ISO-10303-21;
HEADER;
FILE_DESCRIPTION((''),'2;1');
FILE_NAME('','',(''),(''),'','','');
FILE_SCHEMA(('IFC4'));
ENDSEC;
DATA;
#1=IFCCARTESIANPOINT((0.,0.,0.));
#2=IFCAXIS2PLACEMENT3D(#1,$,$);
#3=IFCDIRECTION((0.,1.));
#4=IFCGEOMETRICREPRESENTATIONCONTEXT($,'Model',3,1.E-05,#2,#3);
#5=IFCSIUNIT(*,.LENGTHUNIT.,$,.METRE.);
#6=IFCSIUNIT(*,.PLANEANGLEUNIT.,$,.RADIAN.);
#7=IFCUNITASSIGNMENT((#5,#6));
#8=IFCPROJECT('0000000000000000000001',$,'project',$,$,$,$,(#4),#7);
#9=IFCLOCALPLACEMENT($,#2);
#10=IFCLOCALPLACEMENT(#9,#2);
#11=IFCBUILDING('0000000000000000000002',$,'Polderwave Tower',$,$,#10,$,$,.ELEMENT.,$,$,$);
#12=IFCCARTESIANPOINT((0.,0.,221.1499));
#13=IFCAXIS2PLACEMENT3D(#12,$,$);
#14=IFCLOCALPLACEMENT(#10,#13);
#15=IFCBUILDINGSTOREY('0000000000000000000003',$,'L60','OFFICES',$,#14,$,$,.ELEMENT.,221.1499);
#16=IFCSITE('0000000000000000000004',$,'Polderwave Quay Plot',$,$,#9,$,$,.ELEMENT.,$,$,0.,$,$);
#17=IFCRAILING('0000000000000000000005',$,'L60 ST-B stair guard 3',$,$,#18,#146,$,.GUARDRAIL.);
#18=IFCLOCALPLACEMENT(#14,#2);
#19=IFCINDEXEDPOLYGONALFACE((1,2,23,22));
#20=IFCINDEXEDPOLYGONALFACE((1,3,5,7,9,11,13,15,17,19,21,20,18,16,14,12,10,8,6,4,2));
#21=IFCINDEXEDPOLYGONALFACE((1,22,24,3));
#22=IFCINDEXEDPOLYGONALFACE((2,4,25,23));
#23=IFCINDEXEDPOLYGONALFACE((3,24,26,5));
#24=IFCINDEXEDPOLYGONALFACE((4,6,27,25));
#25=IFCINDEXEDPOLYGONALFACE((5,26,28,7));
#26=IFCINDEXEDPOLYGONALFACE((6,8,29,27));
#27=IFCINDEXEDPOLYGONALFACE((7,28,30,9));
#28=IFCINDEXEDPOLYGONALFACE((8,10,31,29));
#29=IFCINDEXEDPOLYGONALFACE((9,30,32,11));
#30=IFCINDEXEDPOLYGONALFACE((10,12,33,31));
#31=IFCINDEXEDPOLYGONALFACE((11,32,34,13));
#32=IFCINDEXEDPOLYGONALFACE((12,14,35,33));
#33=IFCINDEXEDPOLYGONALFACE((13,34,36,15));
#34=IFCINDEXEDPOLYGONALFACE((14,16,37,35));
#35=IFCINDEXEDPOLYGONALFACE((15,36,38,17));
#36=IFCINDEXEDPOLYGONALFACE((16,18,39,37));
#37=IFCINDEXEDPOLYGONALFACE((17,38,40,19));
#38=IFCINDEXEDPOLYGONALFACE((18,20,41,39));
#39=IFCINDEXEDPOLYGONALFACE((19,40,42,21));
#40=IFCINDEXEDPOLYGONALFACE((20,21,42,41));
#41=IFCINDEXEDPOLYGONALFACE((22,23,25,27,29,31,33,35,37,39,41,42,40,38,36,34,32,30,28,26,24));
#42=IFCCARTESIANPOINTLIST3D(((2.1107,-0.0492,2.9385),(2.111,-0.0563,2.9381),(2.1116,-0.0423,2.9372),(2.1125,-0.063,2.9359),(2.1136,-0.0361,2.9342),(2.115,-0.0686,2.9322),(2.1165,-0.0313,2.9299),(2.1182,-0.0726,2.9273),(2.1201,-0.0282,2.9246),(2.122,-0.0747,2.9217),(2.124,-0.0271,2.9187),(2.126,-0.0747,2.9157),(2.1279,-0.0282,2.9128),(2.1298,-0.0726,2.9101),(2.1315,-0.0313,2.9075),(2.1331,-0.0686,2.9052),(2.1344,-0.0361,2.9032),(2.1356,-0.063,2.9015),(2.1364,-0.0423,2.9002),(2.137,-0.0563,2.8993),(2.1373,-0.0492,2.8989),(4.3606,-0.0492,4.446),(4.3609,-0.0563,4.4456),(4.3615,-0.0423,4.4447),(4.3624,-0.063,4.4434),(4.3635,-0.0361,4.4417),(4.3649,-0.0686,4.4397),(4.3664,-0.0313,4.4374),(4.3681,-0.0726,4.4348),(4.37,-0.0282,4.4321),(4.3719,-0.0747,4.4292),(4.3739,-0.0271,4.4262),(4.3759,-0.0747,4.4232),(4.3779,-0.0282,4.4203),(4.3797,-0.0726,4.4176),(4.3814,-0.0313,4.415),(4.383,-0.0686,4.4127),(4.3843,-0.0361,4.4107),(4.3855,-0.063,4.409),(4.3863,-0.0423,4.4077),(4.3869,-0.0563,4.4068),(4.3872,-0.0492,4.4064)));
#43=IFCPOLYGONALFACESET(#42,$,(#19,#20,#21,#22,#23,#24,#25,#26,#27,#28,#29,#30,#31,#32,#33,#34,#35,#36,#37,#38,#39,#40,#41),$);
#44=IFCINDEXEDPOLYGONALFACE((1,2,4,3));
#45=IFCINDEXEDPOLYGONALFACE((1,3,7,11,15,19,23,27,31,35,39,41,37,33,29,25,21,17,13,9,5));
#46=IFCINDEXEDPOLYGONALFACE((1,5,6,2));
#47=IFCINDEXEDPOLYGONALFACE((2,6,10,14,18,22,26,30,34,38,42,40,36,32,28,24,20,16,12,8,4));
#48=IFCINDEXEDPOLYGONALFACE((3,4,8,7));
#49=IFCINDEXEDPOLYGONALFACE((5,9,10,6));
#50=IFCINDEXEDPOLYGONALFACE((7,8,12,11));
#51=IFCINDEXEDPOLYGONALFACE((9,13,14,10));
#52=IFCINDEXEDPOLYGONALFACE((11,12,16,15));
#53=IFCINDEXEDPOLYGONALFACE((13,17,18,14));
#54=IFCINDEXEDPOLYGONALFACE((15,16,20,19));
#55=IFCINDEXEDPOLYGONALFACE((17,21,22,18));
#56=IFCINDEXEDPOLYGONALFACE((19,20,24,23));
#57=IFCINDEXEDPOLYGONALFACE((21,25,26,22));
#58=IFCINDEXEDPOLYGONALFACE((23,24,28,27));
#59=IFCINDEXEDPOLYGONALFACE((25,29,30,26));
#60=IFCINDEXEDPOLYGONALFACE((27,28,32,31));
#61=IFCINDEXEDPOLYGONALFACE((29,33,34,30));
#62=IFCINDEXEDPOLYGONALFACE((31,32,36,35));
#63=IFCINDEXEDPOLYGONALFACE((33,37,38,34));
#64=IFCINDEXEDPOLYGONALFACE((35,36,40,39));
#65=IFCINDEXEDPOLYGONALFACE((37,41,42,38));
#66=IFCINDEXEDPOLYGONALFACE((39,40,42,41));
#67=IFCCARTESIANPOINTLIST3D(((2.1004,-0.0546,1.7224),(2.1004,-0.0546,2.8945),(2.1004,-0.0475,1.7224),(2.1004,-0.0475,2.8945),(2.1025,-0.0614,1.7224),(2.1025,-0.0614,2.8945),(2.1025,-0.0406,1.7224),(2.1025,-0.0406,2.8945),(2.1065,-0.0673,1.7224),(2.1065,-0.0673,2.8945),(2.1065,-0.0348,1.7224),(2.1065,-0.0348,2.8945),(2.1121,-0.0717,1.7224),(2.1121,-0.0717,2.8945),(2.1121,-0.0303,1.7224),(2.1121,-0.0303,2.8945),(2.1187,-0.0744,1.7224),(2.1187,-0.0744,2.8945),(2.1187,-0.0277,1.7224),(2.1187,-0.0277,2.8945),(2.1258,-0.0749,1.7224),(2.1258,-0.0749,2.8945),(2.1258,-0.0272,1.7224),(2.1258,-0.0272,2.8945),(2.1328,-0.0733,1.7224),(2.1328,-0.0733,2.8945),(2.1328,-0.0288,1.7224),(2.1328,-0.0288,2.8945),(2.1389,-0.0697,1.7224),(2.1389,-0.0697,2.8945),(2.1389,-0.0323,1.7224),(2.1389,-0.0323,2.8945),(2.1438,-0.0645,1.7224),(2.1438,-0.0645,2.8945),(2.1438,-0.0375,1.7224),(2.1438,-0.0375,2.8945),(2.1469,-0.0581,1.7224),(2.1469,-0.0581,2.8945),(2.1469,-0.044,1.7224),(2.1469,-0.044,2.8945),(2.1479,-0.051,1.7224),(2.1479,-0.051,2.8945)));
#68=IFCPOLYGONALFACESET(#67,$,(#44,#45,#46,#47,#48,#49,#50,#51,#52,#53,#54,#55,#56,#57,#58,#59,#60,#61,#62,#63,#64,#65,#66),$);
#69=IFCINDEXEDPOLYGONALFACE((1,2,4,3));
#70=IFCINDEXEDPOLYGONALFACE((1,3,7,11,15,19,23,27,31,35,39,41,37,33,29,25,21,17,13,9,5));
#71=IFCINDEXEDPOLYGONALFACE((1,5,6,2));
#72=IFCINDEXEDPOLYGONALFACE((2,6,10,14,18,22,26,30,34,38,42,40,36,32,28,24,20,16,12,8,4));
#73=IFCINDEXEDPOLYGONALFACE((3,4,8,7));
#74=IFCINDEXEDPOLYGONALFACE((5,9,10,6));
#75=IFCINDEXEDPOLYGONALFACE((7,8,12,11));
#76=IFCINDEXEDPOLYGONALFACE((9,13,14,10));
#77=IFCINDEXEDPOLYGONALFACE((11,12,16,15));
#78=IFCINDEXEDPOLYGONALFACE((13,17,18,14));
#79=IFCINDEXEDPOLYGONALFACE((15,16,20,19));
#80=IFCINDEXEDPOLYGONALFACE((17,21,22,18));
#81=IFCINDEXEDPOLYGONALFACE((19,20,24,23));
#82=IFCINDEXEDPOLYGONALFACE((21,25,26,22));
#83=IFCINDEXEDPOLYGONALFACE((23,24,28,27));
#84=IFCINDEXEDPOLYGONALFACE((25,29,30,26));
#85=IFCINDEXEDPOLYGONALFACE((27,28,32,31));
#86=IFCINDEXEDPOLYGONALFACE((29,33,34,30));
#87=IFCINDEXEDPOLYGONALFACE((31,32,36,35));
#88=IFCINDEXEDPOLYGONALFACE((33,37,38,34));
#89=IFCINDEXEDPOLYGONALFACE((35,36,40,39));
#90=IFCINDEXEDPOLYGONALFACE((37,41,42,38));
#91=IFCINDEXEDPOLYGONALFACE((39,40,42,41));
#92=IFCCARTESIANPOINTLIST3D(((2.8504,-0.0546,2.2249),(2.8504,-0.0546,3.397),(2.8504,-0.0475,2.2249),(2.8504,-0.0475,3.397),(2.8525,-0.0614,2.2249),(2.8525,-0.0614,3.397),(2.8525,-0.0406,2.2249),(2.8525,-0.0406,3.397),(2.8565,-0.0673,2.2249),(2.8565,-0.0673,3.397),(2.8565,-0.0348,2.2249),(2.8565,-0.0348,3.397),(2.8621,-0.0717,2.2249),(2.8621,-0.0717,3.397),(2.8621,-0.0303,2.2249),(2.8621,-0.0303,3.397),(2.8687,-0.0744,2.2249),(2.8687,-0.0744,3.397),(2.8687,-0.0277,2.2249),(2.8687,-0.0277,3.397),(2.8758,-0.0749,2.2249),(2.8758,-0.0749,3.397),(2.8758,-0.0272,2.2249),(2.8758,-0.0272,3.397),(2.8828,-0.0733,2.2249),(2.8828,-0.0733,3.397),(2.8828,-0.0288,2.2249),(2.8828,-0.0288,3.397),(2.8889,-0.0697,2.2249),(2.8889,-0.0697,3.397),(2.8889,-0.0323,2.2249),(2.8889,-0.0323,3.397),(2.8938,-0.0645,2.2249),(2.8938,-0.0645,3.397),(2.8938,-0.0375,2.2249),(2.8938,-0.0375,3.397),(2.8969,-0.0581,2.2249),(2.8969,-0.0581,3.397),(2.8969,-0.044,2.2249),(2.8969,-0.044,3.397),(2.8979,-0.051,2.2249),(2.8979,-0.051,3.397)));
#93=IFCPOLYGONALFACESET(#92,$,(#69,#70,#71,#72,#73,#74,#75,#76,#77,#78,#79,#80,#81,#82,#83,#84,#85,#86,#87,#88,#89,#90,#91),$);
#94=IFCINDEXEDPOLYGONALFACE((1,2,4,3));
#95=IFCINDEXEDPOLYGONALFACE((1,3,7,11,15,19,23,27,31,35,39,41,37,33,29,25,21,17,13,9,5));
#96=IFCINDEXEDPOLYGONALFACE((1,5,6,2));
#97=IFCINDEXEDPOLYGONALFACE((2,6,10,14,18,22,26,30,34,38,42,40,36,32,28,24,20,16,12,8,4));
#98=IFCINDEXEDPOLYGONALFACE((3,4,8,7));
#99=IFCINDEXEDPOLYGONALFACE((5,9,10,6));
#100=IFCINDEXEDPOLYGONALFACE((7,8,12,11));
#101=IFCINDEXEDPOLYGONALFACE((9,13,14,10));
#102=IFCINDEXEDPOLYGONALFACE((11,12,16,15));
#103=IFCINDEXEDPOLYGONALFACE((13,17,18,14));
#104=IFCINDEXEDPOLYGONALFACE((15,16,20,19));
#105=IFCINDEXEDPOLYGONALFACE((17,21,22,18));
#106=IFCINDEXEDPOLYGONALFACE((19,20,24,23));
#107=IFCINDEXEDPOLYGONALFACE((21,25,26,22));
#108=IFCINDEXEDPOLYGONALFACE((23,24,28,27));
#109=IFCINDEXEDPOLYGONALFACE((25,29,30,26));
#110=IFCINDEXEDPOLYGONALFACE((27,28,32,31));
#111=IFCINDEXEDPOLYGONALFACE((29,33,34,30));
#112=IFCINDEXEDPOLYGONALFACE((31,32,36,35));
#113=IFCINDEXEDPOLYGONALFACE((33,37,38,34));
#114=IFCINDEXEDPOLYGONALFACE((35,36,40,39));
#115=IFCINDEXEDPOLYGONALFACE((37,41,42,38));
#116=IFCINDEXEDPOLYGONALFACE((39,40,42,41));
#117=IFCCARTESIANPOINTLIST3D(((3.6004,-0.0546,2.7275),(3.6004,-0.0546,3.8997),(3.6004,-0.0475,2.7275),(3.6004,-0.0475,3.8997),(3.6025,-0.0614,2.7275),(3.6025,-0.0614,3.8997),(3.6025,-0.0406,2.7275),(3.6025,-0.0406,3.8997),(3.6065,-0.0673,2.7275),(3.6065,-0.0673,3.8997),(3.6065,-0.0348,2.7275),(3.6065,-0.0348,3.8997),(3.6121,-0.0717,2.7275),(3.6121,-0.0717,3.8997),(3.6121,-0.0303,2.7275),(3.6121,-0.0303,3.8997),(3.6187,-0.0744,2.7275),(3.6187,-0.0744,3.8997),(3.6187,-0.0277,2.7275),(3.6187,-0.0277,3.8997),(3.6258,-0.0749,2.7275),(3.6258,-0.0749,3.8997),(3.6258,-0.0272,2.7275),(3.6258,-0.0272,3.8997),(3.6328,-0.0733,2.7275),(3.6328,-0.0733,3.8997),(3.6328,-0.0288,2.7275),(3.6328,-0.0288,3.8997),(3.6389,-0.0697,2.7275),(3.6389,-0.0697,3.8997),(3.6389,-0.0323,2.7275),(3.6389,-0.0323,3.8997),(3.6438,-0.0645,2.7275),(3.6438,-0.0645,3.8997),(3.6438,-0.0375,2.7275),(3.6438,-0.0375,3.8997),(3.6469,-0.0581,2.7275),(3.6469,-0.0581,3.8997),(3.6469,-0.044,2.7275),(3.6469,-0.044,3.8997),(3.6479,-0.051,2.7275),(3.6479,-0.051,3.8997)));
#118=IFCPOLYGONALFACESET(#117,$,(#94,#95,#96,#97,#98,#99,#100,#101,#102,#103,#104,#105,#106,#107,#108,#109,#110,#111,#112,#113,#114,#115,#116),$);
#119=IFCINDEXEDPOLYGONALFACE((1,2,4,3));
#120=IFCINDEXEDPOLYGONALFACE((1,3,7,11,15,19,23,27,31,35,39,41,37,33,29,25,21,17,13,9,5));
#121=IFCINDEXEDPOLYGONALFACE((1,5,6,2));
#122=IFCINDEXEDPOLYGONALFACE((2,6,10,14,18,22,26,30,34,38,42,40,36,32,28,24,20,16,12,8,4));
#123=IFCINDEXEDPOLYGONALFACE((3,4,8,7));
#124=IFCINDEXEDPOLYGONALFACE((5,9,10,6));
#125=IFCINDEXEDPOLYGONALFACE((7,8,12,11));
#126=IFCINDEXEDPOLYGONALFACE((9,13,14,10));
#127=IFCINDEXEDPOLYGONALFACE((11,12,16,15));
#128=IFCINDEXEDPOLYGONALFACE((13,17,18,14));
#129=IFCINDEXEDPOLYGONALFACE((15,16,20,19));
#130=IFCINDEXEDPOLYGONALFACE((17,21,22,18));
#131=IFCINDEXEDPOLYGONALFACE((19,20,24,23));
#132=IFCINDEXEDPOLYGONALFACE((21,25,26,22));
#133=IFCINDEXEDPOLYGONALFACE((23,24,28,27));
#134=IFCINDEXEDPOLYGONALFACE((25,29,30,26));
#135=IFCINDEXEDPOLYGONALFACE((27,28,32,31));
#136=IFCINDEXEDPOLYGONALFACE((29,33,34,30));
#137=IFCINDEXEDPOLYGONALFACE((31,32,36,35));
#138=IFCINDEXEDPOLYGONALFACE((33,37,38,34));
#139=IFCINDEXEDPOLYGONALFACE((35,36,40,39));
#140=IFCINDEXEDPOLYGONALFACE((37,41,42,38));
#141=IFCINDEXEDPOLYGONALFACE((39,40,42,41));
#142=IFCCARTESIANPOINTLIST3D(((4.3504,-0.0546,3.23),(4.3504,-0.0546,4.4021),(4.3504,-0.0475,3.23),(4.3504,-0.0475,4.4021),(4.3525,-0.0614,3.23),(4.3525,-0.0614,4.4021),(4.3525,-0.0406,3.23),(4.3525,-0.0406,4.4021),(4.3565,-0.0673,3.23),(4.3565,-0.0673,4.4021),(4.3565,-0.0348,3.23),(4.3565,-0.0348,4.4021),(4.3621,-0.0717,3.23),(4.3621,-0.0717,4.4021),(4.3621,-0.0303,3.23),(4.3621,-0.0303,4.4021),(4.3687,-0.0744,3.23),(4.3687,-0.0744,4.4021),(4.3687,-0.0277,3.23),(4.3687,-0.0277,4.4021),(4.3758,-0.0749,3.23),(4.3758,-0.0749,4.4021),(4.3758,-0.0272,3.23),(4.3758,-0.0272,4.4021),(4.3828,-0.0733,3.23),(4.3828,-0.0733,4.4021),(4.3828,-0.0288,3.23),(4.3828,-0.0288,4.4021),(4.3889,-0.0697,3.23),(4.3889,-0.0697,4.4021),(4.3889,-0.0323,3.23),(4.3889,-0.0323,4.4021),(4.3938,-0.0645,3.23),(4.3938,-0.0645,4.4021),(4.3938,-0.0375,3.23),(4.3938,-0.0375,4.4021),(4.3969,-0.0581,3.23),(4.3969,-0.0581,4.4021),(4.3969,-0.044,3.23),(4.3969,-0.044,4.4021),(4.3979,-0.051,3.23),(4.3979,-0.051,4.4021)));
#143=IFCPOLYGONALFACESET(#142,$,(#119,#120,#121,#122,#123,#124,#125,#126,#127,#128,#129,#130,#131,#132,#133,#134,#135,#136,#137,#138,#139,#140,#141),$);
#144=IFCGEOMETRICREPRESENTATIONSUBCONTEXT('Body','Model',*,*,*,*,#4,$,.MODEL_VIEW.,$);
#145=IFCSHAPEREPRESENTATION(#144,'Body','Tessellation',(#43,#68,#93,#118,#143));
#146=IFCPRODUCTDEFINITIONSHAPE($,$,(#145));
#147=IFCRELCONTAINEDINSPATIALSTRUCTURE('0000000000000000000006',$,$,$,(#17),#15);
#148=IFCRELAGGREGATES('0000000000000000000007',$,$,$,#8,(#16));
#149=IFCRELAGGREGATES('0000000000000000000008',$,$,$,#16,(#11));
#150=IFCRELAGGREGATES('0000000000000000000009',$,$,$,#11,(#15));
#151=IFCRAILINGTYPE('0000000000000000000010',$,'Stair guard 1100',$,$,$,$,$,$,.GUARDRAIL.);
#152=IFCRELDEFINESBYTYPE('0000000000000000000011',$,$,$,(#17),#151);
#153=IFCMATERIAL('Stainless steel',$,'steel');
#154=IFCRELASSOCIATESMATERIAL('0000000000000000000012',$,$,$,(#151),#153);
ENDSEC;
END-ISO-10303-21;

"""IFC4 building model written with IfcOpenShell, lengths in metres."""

from ifc_helpers import new_model, si_unit, direction, frame, origin, origin_2d, place, context, subcontext, project, spatial, circle, extrude, material, type_object, element, save


model = new_model("IFC4")

# Units and contexts
model_context = context("Model", 3, precision=1e-05, world=origin(), true_north=direction((0.0, 1.0)))
body_context = subcontext(model_context, "Body", "Model", "MODEL_VIEW")
ifc_project = project(units=[si_unit("LENGTHUNIT", "METRE"), si_unit("PLANEANGLEUNIT", "RADIAN")], contexts=[model_context])

# Site, building, storey
site_placement = place(None, origin())
site = spatial("IfcSite", under=ifc_project, at=site_placement, Name="Polderwave Quay Plot", CompositionType="ELEMENT", RefElevation=0.0)
building_placement = place(site_placement, origin())
building = spatial("IfcBuilding", under=site, at=building_placement, Name="Polderwave Tower", CompositionType="ELEMENT")
storey_placement = place(building_placement, frame((0.0, 0.0, 221.1499)))
storey = spatial("IfcBuildingStorey", under=building, at=storey_placement, Name="L60", Description="OFFICES", CompositionType="ELEMENT", Elevation=221.1499)

# Railing
ifc_material_1 = material(Name="Stainless steel", Category="steel")
railing_type_1 = type_object("IfcRailingType", Name="Stair guard 1100", PredefinedType="GUARDRAIL", material=ifc_material_1)
railing_1_placement = place(storey_placement, frame((2.124, -0.051, 1.7224)))
element("IfcRailing", 1, at=railing_1_placement, inside=storey, type_object=railing_type_1, Name="L60 ST-B stair guard 3", PredefinedType="GUARDRAIL", context=body_context, shape_type="SweptSolid", body=[
    extrude(circle(Radius=0.0239, at=origin_2d()), frame((0.0, 0.0, 1.1963), z_axis=(0.830758, 0.0, 0.556633), x_axis=(0.0, 1.0, 0.0)), (0.0, 0.0, 1.0), 2.7083),
    extrude(circle(Radius=0.0239, at=origin_2d()), origin(), (0.0, 0.0, 1.0), 1.1721),
    extrude(circle(Radius=0.0239, at=origin_2d()), frame((0.75, 0.0, 0.5024)), (0.0, 0.0, 1.0), 1.1721),
    extrude(circle(Radius=0.0239, at=origin_2d()), frame((1.5, 0.0, 1.0051)), (0.0, 0.0, 1.0), 1.1721),
    extrude(circle(Radius=0.0239, at=origin_2d()), frame((2.25, 0.0, 1.5076)), (0.0, 0.0, 1.0), 1.1721),
])

save(model, "model.ifc")
